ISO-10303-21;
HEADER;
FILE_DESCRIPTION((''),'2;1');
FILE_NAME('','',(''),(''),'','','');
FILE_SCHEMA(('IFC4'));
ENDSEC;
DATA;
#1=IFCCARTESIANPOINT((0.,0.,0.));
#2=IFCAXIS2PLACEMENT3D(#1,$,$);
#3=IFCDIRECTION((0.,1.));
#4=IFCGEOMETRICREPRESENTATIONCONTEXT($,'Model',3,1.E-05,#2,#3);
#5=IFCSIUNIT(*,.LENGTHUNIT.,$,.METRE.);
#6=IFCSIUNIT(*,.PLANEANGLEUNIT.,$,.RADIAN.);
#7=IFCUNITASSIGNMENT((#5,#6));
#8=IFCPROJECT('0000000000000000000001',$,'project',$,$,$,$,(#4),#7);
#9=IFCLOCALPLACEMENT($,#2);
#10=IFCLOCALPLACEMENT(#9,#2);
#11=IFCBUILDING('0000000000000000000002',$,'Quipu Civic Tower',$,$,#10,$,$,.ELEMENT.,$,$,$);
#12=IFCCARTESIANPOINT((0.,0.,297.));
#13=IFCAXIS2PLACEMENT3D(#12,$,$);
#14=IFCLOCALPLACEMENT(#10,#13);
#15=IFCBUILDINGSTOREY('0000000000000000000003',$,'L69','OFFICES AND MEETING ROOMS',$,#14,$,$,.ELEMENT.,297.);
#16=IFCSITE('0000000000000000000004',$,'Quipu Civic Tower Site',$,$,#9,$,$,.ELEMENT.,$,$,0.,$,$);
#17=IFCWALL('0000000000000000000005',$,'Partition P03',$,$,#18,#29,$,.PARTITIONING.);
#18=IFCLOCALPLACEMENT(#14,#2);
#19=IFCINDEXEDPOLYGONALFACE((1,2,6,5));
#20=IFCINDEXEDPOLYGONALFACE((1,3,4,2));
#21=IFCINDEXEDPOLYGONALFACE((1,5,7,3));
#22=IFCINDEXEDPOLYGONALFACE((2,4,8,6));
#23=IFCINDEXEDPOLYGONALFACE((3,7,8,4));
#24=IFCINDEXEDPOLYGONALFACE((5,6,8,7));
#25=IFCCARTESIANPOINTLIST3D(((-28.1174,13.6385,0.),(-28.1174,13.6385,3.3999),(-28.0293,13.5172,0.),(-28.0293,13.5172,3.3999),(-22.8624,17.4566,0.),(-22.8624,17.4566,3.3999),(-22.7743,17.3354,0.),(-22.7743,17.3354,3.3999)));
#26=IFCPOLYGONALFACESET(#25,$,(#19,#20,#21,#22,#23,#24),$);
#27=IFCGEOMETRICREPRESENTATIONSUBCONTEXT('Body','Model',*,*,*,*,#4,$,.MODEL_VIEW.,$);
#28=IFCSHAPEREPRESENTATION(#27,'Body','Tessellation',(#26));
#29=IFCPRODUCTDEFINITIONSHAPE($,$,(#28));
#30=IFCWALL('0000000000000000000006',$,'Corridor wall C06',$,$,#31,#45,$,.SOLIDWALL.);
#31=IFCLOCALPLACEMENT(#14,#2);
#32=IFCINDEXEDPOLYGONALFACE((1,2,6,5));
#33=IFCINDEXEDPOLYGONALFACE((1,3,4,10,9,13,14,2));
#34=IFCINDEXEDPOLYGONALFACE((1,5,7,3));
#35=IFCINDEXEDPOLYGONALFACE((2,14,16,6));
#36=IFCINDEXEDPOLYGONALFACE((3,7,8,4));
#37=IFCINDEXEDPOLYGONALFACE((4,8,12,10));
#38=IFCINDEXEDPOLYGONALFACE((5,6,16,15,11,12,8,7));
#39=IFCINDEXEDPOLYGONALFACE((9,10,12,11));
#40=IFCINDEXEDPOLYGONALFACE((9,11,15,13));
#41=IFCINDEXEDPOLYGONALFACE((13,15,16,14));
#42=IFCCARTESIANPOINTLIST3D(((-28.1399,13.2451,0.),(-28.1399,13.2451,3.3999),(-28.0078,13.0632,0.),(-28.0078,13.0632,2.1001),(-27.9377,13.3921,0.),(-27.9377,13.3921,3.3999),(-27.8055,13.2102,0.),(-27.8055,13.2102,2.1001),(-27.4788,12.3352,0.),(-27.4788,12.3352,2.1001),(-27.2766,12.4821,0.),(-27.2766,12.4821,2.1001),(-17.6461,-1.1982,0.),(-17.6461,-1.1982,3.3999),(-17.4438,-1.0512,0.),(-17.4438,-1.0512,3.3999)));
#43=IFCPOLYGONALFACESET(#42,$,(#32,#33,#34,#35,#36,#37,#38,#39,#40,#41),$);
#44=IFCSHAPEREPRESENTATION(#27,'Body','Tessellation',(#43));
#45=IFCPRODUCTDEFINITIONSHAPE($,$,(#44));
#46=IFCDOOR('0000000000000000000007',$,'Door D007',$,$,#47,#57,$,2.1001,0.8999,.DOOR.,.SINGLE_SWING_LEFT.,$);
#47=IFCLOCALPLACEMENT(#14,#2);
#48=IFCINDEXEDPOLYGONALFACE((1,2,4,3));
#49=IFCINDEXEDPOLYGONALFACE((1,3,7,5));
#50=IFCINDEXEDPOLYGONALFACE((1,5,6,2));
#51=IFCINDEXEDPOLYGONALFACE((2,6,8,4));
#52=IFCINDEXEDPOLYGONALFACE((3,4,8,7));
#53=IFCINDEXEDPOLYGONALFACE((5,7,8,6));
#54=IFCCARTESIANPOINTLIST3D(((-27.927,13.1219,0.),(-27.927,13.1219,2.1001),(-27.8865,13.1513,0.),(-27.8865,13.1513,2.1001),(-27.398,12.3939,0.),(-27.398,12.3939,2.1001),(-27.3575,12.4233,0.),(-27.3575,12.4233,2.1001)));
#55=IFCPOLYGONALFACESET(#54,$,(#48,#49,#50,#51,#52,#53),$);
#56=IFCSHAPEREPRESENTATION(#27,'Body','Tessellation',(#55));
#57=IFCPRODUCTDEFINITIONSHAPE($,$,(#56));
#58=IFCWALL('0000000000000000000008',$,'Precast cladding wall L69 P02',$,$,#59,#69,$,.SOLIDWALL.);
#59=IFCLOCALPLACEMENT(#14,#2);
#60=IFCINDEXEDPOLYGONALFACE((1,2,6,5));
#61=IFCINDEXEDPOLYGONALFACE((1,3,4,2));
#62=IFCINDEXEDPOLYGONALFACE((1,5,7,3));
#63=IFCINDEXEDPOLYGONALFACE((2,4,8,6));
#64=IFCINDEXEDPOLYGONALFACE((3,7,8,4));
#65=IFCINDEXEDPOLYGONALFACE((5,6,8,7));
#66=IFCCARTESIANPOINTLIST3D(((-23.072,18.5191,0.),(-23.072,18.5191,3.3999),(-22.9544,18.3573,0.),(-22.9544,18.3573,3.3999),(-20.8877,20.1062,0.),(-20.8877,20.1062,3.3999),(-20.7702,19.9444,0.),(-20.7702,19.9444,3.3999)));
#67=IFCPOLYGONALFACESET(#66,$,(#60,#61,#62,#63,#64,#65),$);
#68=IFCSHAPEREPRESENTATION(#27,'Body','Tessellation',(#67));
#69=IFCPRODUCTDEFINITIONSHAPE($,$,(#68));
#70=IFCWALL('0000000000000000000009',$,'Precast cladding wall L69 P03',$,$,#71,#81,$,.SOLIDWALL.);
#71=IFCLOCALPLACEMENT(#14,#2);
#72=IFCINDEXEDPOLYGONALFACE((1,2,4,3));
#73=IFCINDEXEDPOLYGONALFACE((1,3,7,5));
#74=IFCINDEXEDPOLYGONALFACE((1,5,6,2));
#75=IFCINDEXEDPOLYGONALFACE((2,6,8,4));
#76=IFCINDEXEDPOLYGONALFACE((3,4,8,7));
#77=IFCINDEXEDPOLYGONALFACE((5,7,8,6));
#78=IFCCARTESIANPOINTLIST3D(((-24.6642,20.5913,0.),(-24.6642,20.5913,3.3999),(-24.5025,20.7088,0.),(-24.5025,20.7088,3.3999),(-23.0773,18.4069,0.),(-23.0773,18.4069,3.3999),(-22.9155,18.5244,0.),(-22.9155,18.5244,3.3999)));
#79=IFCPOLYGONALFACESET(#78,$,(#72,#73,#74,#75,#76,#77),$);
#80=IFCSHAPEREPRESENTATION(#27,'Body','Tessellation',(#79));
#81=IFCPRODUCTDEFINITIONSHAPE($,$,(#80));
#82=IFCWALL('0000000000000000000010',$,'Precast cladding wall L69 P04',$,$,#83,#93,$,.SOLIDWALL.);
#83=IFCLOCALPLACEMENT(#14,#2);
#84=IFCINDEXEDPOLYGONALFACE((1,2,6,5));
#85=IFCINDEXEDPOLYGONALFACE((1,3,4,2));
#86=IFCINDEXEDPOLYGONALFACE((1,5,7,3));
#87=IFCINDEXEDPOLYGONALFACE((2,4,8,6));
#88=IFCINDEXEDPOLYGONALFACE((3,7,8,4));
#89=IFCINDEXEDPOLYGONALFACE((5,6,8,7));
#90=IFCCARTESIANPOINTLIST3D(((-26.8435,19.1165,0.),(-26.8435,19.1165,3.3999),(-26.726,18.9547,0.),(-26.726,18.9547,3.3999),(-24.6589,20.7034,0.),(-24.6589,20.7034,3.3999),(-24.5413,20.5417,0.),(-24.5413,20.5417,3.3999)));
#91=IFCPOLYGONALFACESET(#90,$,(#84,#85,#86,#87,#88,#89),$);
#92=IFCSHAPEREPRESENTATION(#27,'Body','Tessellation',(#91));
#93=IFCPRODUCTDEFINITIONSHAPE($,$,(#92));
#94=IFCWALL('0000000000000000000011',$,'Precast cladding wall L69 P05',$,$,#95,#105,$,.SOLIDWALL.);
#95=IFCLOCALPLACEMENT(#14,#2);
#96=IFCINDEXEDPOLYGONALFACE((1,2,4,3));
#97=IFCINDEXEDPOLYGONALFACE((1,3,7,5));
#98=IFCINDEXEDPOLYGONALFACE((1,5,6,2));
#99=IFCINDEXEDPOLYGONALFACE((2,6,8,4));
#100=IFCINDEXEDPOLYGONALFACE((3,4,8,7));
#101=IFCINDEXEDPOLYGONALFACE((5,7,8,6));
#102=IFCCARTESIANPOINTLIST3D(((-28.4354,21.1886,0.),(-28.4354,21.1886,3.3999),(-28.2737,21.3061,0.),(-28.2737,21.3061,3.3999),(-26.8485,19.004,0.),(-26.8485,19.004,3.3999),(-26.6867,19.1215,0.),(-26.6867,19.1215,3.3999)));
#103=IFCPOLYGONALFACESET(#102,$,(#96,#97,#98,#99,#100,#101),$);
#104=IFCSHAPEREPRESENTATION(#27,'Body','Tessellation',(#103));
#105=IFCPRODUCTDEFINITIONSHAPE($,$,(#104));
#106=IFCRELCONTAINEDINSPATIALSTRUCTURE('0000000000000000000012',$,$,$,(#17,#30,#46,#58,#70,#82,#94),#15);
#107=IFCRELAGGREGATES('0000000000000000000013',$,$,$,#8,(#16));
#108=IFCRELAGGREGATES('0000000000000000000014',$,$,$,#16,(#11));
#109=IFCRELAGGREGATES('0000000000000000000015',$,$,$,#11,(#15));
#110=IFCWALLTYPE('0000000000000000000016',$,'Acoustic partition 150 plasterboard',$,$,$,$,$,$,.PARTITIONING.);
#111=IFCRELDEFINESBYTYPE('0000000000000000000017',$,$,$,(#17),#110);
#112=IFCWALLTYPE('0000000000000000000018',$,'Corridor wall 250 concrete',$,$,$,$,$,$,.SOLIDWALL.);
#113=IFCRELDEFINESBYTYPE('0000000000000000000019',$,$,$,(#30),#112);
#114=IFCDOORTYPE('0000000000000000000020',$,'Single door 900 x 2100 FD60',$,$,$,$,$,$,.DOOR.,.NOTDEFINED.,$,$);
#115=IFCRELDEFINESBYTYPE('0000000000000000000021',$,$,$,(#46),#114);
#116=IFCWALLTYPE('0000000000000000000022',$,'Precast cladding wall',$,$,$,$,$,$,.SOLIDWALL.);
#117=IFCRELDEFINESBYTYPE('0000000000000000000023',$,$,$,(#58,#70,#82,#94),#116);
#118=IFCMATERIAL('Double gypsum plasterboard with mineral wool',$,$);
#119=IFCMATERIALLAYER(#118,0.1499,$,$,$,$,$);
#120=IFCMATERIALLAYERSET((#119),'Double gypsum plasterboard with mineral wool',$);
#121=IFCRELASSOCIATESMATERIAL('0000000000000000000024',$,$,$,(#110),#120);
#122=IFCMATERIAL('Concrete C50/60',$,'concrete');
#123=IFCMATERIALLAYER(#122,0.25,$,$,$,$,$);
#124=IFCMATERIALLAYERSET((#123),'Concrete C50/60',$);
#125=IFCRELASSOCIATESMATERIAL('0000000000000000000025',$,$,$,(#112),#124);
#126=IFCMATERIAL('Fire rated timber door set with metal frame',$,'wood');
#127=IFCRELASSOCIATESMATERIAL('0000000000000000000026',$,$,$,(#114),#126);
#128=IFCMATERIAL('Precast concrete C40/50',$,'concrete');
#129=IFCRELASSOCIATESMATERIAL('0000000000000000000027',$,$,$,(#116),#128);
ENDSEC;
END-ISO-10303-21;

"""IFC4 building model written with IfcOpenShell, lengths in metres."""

from ifc_helpers import new_model, si_unit, direction, frame, frame_2d, origin, place, context, subcontext, project, spatial, rectangle, extrude, material, layer, layer_set, type_object, element, fill, save


model = new_model("IFC4")

# Units and contexts
model_context = context("Model", 3, precision=1e-05, world=origin(), true_north=direction((0.0, 1.0)))
body_context = subcontext(model_context, "Body", "Model", "MODEL_VIEW")
ifc_project = project(units=[si_unit("LENGTHUNIT", "METRE"), si_unit("PLANEANGLEUNIT", "RADIAN")], contexts=[model_context])

# Site, building, storey
site_placement = place(None, origin())
site = spatial("IfcSite", under=ifc_project, at=site_placement, Name="Quipu Civic Tower Site", CompositionType="ELEMENT", RefElevation=0.0)
building_placement = place(site_placement, origin())
building = spatial("IfcBuilding", under=site, at=building_placement, Name="Quipu Civic Tower", CompositionType="ELEMENT")
storey_placement = place(building_placement, frame((0.0, 0.0, 297.0)))
storey = spatial("IfcBuildingStorey", under=building, at=storey_placement, Name="L69", Description="OFFICES AND MEETING ROOMS", CompositionType="ELEMENT", Elevation=297.0)

# Wall
ifc_material_1 = material(Name="Double gypsum plasterboard with mineral wool")
ifc_layer_1 = layer(ifc_material_1, 0.1499)
ifc_layer_set_1 = layer_set([ifc_layer_1], Name="Double gypsum plasterboard with mineral wool")
wall_type_1 = type_object("IfcWallType", Name="Acoustic partition 150 plasterboard", PredefinedType="PARTITIONING", material=ifc_layer_set_1)
wall_1_placement = place(storey_placement, frame((-22.8184, 17.396, 0.0), z_axis=(0.0, 0.0, 1.0), x_axis=(-0.809001, -0.587807, 0.0)))
element("IfcWall", 1, at=wall_1_placement, inside=storey, type_object=wall_type_1, Name="Partition P03", PredefinedType="PARTITIONING", context=body_context, shape_type="SweptSolid", body=[
    extrude(rectangle(XDim=6.4956, YDim=0.1499, at=frame_2d((3.2478, 0.0))), origin(), (0.0, 0.0, 1.0), 3.3999),
])

# Wall, opening, door
ifc_material_2 = material(Name="Concrete C50/60", Category="concrete")
ifc_layer_2 = layer(ifc_material_2, 0.25)
ifc_layer_set_2 = layer_set([ifc_layer_2], Name="Concrete C50/60")
wall_type_2 = type_object("IfcWallType", Name="Corridor wall 250 concrete", PredefinedType="SOLIDWALL", material=ifc_layer_set_2)
wall_2_placement = place(storey_placement, frame((-28.0388, 13.3186, 0.0), z_axis=(0.0, 0.0, 1.0), x_axis=(0.587792, -0.809012, 0.0)))
wall_2 = element("IfcWall", 2, at=wall_2_placement, inside=storey, type_object=wall_type_2, Name="Corridor wall C06", PredefinedType="SOLIDWALL", context=body_context, shape_type="SweptSolid", body=[
    extrude(rectangle(XDim=17.853, YDim=0.25, at=frame_2d((8.9265, 0.0))), origin(), (0.0, 0.0, 1.0), 3.3999),
])
opening_placement = place(wall_2_placement, frame((0.2249, 0.0, 0.0)))
opening = element("IfcOpeningElement", 3, at=opening_placement, cuts=wall_2, PredefinedType="OPENING", context=body_context, shape_type="SweptSolid", body=[
    extrude(rectangle(XDim=0.8999, YDim=2.1001, at=frame_2d((0.45, 1.05))), frame((0.0, 0.135, 0.0), z_axis=(0.0, -1.0, 0.0), x_axis=(1.0, 0.0, 0.0)), (0.0, 0.0, 1.0), 0.27),
])
ifc_material_3 = material(Name="Fire rated timber door set with metal frame", Category="wood")
door_type = type_object("IfcDoorType", Name="Single door 900 x 2100 FD60", OperationType="NOTDEFINED", PredefinedType="DOOR", material=ifc_material_3)
door_placement = place(opening_placement, origin())
door = element("IfcDoor", 4, at=door_placement, inside=storey, type_object=door_type, Name="Door D007", OperationType="SINGLE_SWING_LEFT", OverallHeight=2.1001, OverallWidth=0.8999, PredefinedType="DOOR", context=body_context, shape_type="SweptSolid", body=[
    extrude(rectangle(XDim=0.8999, YDim=2.1001, at=frame_2d((0.45, 1.05))), frame((0.0, 0.0249, 0.0), z_axis=(0.0, -1.0, 0.0), x_axis=(1.0, 0.0, 0.0)), (0.0, 0.0, 1.0), 0.05),
])
fill(opening, door)

# Walls
ifc_material_4 = material(Name="Precast concrete C40/50", Category="concrete")
wall_type_3 = type_object("IfcWallType", Name="Precast cladding wall", PredefinedType="SOLIDWALL", material=ifc_material_4)
for number, where, z_axis, x_axis, name in (
    (5, (-20.8289, 20.0254, 0.0), (0.0, 0.0, 1.0), (-0.80899, -0.587822, 0.0), "Precast cladding wall L69 P02"),
    (6, (-22.9963, 18.4656, 0.0), (0.0, 0.0, 1.0), (-0.587763, 0.809033, 0.0), "Precast cladding wall L69 P03"),
):
    element("IfcWall", number, at=place(storey_placement, frame(where, z_axis=z_axis, x_axis=x_axis)), inside=storey, type_object=wall_type_3, Name=name, PredefinedType="SOLIDWALL", context=body_context, shape_type="SweptSolid", body=[
        extrude(rectangle(XDim=2.7, YDim=0.2, at=frame_2d((1.3501, 0.0))), origin(), (0.0, 0.0, 1.0), 3.3999),
    ])
for number, where, z_axis, x_axis, name in (
    (7, (-24.6001, 20.6226, 0.0), (0.0, 0.0, 1.0), (-0.809064, -0.58772, 0.0), "Precast cladding wall L69 P04"),
    (8, (-26.7676, 19.0627, 0.0), (0.0, 0.0, 1.0), (-0.58772, 0.809064, 0.0), "Precast cladding wall L69 P05"),
):
    element("IfcWall", number, at=place(storey_placement, frame(where, z_axis=z_axis, x_axis=x_axis)), inside=storey, type_object=wall_type_3, Name=name, PredefinedType="SOLIDWALL", context=body_context, shape_type="SweptSolid", body=[
        extrude(rectangle(XDim=2.7002, YDim=0.2, at=frame_2d((1.3501, 0.0))), origin(), (0.0, 0.0, 1.0), 3.3999),
    ])

save(model, "model.ifc")
